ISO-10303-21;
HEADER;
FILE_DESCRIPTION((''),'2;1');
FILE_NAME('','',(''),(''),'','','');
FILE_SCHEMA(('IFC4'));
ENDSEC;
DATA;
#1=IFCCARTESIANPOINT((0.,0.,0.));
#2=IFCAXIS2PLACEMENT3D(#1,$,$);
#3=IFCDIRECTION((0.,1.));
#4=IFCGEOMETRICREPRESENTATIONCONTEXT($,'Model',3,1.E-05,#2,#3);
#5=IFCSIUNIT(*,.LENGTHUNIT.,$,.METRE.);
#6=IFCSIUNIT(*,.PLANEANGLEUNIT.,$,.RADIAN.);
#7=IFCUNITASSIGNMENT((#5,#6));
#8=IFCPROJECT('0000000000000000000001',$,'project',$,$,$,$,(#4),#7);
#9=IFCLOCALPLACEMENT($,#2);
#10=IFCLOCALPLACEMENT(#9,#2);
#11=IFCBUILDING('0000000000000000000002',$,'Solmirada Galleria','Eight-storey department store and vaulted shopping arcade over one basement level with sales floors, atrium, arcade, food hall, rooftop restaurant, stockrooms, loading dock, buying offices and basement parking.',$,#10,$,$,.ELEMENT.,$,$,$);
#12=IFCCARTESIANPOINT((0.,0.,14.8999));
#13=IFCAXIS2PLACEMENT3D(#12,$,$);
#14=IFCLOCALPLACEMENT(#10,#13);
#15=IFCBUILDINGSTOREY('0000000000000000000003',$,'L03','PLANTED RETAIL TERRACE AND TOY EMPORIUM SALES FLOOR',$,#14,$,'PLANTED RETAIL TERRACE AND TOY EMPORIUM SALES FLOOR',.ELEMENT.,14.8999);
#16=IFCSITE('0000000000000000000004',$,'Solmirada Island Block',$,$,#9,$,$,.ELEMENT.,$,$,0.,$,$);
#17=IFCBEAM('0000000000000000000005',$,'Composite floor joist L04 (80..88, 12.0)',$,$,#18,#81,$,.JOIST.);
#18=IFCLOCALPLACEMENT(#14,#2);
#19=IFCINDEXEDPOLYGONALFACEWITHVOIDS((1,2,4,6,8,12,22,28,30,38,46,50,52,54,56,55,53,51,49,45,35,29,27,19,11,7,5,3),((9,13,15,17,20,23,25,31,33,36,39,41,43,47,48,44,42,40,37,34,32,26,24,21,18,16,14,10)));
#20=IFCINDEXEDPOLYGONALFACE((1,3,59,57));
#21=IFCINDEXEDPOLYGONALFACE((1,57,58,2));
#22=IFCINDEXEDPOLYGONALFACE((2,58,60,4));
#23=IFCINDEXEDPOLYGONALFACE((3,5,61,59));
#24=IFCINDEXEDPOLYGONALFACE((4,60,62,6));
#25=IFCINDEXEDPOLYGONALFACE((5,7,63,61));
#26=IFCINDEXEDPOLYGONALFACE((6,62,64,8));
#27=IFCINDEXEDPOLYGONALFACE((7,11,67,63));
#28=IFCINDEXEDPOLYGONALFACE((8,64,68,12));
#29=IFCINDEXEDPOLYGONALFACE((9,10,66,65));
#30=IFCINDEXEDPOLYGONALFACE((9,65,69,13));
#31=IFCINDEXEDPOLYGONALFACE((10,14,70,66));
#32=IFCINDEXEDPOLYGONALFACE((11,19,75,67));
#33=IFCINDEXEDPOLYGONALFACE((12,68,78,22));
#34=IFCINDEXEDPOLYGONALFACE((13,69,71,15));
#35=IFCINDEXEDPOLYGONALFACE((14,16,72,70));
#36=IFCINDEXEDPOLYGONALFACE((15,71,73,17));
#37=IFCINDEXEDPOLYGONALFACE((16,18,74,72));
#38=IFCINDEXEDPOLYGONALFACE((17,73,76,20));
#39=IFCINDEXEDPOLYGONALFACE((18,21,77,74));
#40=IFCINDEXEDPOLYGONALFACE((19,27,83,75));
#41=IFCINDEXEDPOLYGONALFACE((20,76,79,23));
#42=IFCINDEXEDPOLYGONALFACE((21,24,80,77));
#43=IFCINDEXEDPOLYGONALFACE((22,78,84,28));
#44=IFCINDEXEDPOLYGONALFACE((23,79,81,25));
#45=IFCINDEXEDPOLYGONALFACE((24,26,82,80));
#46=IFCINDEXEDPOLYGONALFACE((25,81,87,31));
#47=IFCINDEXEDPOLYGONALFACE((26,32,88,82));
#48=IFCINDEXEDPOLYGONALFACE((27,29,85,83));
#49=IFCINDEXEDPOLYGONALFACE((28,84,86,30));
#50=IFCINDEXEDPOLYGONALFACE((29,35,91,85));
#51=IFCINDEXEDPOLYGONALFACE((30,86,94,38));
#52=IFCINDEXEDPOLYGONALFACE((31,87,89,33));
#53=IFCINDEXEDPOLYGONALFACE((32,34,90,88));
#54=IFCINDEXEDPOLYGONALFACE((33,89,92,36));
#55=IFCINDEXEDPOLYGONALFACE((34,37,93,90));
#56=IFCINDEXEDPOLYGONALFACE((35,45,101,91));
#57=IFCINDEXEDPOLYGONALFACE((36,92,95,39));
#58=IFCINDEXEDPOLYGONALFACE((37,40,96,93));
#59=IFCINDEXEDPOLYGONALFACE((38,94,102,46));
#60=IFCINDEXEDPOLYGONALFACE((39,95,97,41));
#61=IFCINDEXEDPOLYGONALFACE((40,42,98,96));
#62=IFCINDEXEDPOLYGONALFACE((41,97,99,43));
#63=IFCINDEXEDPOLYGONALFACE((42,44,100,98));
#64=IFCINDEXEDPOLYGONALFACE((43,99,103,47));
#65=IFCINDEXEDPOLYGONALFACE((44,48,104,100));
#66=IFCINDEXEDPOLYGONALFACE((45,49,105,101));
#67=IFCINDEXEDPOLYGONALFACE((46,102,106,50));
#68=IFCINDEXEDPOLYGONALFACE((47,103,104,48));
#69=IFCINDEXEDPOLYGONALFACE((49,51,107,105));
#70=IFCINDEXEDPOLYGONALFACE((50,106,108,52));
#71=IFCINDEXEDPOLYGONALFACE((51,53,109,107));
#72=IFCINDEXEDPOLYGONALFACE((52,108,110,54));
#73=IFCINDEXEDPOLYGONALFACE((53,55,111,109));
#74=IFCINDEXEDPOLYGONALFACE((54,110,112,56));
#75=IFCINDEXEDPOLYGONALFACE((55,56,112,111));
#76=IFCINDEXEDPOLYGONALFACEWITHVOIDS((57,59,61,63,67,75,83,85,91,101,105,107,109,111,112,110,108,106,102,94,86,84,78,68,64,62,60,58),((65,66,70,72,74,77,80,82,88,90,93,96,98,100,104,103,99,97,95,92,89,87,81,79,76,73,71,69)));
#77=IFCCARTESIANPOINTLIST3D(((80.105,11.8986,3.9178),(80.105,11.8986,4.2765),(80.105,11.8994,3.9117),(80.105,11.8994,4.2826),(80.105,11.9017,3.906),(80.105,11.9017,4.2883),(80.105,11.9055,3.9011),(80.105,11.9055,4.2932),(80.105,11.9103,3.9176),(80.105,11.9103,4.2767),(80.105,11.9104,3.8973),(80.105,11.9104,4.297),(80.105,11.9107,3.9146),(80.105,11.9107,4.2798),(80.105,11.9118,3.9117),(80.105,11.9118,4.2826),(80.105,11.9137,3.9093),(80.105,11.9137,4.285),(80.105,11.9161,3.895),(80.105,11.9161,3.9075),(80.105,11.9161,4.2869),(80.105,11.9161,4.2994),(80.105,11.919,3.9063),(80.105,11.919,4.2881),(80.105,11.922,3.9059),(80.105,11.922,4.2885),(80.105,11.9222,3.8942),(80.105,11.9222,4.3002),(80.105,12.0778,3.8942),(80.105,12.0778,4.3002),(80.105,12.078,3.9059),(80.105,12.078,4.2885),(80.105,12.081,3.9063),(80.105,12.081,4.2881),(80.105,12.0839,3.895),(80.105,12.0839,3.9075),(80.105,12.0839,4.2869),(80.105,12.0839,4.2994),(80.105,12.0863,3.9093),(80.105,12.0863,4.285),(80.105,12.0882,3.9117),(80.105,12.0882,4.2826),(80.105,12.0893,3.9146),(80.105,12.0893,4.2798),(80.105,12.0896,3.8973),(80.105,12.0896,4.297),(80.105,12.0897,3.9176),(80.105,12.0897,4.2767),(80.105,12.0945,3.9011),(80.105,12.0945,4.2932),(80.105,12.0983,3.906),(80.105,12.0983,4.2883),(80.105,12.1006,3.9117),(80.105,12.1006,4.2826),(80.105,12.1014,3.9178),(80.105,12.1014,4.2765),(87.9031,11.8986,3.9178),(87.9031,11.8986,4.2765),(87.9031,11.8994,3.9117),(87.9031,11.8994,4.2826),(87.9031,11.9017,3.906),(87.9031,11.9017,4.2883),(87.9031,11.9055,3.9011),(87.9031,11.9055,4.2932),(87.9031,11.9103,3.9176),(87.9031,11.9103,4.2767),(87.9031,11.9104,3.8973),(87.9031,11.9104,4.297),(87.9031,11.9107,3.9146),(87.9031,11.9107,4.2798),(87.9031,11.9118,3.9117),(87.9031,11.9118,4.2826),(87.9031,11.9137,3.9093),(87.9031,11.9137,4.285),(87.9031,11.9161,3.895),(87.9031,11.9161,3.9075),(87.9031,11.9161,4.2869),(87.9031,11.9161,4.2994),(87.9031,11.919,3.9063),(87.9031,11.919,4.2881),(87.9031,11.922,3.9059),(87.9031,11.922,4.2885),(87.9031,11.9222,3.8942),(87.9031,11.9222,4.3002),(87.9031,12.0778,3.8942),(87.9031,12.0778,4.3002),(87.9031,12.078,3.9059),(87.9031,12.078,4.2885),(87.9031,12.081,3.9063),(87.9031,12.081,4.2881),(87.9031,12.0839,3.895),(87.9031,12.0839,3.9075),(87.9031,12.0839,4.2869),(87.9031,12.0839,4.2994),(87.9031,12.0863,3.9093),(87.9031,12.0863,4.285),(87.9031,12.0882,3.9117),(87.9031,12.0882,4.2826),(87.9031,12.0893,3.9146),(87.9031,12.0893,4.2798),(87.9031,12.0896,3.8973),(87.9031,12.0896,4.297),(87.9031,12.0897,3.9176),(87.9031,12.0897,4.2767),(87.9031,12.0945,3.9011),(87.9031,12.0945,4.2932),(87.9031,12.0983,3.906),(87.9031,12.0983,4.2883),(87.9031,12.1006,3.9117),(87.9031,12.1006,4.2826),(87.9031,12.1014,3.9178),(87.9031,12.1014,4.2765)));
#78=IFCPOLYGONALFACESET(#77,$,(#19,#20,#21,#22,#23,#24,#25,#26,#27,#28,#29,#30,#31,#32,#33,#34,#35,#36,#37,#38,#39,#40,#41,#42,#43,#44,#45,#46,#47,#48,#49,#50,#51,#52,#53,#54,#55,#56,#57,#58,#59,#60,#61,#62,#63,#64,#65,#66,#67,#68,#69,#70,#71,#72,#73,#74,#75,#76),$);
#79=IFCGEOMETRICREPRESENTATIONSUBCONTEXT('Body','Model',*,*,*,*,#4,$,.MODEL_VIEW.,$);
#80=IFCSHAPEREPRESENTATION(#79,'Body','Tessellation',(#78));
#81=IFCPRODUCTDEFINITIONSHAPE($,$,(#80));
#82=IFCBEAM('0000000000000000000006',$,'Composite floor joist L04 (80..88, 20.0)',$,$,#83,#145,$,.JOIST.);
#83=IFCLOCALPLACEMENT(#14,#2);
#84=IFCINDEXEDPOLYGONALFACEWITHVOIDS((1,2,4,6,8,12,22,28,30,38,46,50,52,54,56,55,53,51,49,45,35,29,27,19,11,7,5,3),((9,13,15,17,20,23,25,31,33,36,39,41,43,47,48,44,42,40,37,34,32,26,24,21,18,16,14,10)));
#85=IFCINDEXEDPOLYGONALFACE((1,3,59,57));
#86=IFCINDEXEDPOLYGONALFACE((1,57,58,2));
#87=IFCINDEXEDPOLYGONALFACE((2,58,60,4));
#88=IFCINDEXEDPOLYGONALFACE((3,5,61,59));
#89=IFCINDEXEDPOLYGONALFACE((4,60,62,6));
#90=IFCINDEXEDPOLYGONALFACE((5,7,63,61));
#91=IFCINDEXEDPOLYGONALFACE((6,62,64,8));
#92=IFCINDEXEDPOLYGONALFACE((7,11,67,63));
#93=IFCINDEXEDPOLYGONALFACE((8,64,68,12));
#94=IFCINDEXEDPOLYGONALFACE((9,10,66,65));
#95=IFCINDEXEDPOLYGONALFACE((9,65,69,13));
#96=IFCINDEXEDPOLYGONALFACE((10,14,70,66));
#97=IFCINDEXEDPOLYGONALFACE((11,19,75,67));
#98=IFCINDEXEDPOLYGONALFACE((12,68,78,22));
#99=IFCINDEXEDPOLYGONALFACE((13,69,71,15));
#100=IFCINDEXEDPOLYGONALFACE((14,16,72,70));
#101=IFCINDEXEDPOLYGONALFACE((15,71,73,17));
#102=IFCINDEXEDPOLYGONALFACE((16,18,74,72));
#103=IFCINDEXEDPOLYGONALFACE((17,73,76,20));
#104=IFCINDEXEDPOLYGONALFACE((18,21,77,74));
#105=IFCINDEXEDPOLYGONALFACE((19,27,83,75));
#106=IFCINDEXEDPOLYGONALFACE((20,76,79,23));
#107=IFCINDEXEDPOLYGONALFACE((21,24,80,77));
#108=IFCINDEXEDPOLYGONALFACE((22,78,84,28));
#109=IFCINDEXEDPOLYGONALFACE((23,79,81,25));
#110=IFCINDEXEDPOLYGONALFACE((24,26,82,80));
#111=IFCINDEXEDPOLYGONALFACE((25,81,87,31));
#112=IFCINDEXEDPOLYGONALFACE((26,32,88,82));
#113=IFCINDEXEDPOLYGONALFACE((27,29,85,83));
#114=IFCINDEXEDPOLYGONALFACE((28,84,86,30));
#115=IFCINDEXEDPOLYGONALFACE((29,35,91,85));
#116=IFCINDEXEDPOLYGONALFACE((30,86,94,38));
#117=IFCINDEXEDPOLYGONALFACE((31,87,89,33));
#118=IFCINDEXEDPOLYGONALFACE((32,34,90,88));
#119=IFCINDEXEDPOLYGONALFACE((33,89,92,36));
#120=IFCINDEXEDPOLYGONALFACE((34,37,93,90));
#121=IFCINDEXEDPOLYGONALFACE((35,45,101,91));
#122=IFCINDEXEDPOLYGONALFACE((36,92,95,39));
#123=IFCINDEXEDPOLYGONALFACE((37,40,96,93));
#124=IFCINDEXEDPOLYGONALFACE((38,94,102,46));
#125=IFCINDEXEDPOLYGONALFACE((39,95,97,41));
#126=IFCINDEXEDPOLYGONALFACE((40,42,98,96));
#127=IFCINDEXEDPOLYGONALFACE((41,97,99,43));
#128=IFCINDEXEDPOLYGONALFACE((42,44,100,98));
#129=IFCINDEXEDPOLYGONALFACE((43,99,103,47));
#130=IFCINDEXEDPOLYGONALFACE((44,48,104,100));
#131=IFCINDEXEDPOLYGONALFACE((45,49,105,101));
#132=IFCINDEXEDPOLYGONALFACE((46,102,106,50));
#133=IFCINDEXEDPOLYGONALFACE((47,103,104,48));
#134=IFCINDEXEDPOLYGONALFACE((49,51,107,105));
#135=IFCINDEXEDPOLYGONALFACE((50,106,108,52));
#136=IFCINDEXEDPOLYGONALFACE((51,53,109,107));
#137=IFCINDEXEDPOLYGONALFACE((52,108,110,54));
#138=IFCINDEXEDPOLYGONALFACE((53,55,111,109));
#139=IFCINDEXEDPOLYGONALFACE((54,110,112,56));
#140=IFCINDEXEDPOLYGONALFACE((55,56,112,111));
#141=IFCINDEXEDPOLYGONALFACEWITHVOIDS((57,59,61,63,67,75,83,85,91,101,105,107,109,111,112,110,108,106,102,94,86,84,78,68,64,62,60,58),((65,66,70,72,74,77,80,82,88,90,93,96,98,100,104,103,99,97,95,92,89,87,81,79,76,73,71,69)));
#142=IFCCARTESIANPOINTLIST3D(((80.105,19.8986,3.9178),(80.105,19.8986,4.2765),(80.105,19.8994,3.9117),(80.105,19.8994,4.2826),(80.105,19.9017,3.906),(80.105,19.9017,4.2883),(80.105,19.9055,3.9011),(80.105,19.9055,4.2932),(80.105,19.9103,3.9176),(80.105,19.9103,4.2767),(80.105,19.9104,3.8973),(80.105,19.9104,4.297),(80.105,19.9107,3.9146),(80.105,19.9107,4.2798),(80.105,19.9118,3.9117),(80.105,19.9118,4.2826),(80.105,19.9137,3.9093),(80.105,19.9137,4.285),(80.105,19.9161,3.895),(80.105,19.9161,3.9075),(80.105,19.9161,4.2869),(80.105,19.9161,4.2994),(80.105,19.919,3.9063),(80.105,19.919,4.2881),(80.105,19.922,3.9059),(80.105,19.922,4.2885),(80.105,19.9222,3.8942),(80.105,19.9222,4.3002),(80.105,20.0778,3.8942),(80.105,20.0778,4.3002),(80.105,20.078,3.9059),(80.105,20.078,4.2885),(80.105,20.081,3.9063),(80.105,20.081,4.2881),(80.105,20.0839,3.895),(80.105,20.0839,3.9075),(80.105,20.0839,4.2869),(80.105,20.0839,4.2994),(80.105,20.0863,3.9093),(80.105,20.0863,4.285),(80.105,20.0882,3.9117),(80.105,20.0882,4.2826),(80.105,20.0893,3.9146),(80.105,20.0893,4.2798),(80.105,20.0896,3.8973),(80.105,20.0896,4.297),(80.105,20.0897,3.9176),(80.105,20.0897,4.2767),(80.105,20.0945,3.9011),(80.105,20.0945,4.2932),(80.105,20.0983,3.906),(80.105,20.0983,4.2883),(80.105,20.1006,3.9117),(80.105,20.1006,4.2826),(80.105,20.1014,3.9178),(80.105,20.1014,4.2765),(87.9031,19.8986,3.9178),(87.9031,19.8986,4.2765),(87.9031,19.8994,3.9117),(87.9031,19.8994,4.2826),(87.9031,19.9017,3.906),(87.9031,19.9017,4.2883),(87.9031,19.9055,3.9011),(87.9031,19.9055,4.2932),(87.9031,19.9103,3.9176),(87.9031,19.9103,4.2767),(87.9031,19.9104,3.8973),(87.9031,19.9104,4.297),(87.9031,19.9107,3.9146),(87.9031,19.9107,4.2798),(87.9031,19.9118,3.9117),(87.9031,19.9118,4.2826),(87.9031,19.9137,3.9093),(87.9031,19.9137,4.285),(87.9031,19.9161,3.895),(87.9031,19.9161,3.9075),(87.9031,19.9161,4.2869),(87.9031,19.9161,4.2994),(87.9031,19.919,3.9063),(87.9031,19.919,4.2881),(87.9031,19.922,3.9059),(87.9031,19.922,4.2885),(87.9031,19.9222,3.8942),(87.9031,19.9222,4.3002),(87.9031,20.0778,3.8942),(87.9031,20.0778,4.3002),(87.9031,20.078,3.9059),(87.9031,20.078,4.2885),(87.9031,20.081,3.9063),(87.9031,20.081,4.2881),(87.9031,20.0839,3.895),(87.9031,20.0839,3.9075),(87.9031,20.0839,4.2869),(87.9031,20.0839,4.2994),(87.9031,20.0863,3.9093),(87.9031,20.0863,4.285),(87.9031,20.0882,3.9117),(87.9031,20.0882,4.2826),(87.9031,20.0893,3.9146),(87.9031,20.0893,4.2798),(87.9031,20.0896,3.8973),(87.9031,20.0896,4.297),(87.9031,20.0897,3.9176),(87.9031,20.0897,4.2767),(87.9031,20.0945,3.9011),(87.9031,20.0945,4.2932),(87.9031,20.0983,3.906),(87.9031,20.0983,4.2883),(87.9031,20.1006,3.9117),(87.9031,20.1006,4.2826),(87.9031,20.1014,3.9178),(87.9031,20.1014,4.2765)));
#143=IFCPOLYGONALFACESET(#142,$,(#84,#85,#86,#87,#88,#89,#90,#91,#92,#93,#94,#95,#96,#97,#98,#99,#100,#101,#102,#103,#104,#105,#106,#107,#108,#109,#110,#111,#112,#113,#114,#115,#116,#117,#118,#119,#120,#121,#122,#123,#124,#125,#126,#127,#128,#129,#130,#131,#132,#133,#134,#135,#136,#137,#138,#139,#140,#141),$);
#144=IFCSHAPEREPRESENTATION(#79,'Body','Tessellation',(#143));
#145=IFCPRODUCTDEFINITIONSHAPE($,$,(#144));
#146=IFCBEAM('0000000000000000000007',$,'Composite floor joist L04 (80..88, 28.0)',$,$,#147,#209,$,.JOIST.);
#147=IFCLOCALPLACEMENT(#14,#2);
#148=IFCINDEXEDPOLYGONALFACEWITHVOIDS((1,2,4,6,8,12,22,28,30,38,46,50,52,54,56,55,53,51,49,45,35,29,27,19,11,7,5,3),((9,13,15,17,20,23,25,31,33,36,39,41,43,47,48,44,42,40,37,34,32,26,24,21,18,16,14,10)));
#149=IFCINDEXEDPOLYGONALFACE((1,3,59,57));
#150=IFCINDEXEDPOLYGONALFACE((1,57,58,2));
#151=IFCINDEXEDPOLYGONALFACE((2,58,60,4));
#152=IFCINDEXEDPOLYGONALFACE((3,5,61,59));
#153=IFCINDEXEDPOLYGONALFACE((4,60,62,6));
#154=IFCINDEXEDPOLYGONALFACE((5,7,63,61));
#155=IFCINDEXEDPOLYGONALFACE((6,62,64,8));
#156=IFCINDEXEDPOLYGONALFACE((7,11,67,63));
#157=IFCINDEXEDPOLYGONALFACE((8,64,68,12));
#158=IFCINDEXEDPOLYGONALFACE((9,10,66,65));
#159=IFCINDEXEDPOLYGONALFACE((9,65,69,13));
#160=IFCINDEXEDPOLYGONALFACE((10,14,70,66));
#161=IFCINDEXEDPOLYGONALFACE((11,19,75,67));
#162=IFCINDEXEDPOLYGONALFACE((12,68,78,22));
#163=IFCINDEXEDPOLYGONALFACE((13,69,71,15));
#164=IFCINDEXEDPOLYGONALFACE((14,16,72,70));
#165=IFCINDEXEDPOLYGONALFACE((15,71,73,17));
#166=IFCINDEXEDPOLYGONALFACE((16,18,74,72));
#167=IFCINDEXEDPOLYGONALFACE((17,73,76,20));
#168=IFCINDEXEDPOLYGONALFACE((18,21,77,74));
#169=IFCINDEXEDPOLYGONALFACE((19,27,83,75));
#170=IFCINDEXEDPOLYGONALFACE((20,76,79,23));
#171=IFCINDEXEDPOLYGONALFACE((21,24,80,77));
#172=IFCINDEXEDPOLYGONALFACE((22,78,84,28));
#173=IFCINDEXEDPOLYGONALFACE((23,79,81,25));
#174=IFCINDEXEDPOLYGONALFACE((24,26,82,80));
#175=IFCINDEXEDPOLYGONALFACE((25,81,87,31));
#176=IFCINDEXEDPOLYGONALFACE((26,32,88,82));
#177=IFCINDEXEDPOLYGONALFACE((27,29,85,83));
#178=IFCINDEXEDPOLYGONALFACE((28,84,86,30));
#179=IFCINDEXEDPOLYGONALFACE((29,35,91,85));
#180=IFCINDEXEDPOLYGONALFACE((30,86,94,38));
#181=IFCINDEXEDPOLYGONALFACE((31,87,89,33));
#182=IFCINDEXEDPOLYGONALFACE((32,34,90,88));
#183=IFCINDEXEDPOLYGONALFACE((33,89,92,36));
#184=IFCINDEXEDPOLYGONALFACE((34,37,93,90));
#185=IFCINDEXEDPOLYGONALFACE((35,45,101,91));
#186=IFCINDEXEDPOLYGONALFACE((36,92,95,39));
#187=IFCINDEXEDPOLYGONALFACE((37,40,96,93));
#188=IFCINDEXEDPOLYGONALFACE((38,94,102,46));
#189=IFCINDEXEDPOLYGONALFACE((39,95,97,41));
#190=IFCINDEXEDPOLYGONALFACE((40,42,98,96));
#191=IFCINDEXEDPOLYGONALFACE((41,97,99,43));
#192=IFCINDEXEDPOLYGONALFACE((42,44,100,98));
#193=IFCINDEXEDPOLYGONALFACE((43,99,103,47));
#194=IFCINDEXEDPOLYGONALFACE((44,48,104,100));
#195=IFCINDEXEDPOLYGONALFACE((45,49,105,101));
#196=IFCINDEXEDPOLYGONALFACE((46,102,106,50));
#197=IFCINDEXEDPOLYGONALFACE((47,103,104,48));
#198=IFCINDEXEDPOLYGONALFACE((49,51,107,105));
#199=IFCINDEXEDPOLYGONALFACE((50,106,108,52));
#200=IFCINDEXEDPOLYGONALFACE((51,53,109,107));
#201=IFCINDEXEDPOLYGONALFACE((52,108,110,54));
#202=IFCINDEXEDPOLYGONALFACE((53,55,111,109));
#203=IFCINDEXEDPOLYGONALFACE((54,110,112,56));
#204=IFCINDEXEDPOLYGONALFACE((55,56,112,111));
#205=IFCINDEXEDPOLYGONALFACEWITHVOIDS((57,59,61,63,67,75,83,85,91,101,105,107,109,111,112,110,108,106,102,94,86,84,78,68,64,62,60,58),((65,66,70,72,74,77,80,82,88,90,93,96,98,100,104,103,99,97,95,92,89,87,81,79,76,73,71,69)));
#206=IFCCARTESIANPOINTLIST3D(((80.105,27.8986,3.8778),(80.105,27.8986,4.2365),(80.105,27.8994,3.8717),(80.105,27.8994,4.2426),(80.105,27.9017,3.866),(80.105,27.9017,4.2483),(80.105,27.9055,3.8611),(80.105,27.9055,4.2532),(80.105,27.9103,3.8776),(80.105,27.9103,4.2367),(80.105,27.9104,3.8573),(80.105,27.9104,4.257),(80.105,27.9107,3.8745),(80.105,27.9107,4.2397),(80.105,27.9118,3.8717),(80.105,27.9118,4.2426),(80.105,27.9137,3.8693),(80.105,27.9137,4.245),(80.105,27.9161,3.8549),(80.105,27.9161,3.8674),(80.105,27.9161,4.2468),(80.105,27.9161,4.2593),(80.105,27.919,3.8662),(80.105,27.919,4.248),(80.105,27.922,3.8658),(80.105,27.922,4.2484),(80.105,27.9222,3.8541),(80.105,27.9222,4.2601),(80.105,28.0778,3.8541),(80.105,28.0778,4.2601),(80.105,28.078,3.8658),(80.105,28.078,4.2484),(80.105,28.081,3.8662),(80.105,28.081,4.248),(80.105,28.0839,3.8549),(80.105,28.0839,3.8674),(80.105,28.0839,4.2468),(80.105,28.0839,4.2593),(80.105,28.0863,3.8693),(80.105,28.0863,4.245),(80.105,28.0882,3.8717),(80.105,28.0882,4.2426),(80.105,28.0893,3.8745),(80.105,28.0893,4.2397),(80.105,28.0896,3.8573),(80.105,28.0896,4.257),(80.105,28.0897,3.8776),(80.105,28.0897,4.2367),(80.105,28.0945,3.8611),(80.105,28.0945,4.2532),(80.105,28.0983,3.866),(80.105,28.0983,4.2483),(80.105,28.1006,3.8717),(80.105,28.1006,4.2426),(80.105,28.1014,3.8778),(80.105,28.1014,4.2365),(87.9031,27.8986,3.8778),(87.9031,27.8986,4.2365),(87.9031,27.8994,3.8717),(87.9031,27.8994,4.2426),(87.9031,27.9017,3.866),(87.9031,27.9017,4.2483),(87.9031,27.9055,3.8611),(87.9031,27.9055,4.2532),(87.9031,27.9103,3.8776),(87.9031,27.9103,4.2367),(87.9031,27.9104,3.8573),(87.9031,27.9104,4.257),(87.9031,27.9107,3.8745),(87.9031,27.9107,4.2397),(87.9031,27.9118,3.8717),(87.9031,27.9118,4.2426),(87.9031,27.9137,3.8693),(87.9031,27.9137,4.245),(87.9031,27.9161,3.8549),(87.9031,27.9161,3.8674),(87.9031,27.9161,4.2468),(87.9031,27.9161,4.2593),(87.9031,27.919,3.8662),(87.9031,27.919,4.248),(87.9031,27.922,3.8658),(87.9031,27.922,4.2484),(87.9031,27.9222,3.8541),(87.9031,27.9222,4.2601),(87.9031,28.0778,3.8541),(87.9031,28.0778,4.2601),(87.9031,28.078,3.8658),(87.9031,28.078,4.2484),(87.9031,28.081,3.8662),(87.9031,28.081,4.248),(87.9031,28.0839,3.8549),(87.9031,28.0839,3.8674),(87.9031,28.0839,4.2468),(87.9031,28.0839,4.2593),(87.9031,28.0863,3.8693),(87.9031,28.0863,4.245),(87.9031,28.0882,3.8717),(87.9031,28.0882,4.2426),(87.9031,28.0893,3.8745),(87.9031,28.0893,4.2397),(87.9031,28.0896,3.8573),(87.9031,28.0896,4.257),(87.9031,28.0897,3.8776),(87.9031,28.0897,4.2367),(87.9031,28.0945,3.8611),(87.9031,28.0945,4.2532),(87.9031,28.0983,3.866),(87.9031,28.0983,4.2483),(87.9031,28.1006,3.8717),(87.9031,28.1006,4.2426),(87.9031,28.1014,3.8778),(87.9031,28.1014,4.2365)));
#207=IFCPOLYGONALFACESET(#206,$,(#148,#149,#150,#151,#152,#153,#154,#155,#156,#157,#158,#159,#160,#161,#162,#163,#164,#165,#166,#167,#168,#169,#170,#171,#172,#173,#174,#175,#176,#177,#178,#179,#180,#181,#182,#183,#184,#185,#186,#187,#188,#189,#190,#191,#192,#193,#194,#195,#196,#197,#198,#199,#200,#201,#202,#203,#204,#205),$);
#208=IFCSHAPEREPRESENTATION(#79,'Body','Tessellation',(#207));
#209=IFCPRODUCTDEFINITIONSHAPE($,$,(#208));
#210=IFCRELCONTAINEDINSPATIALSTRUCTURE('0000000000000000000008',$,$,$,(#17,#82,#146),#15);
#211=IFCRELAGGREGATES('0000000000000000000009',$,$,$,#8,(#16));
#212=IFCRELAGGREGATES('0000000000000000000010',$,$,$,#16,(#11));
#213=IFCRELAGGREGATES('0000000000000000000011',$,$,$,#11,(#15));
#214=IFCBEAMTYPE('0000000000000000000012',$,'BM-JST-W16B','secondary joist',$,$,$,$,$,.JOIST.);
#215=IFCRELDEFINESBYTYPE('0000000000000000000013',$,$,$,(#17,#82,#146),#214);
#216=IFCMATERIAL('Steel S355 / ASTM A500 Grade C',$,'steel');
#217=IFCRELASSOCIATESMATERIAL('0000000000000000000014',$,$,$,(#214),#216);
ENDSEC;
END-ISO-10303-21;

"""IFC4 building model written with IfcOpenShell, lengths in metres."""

from ifc_helpers import new_model, si_unit, direction, frame, origin, origin_2d, place, context, subcontext, project, spatial, hollow_rectangle, extrude, material, material_profile, profile_set, type_object, element, save


model = new_model("IFC4")

# Units and contexts
model_context = context("Model", 3, precision=1e-05, world=origin(), true_north=direction((0.0, 1.0)))
body_context = subcontext(model_context, "Body", "Model", "MODEL_VIEW")
ifc_project = project(units=[si_unit("LENGTHUNIT", "METRE"), si_unit("PLANEANGLEUNIT", "RADIAN")], contexts=[model_context])

# Site, building, storey
site_placement = place(None, origin())
site = spatial("IfcSite", under=ifc_project, at=site_placement, Name="Solmirada Island Block", CompositionType="ELEMENT", RefElevation=0.0)
building_placement = place(site_placement, origin())
building = spatial("IfcBuilding", under=site, at=building_placement, Name="Solmirada Galleria", Description="Eight-storey department store and vaulted shopping arcade over one basement level with sales floors, atrium, arcade, food hall, rooftop restaurant, stockrooms, loading dock, buying offices and basement parking.", CompositionType="ELEMENT")
storey_placement = place(building_placement, frame((0.0, 0.0, 14.8999)))
storey = spatial("IfcBuildingStorey", under=building, at=storey_placement, Name="L03", Description="PLANTED RETAIL TERRACE AND TOY EMPORIUM SALES FLOOR", LongName="PLANTED RETAIL TERRACE AND TOY EMPORIUM SALES FLOOR", CompositionType="ELEMENT", Elevation=14.8999)

# Beams
ifc_material_1 = material(Name="Steel S355 / ASTM A500 Grade C", Category="steel")
ifc_material_profile_1 = material_profile(ifc_material_1, hollow_rectangle(XDim=0.2029, YDim=0.406, WallThickness=0.0117, InnerFilletRadius=0.0117, OuterFilletRadius=0.0237, at=origin_2d()), Name="HSS16X8X1/2")
ifc_profile_set_1 = profile_set([ifc_material_profile_1], Name="Steel S355 / ASTM A500 Grade C")
beam_type_1 = type_object("IfcBeamType", Name="BM-JST-W16B", Description="secondary joist", PredefinedType="JOIST", material=ifc_profile_set_1)
for number, where, z_axis, x_axis, name in (
    (1, (80.105, 12.0, 4.0972), (1.0, 0.0, 0.0), (0.0, 1.0, 0.0), "Composite floor joist L04 (80..88, 12.0)"),
    (2, (80.105, 20.0, 4.0972), (1.0, 0.0, 0.0), (0.0, 1.0, 0.0), "Composite floor joist L04 (80..88, 20.0)"),
    (3, (80.105, 28.0, 4.0571), (1.0, 0.0, 0.0), (0.0, 1.0, 0.0), "Composite floor joist L04 (80..88, 28.0)"),
):
    element("IfcBeam", number, at=place(storey_placement, frame(where, z_axis=z_axis, x_axis=x_axis)), inside=storey, type_object=beam_type_1, Name=name, PredefinedType="JOIST", context=body_context, shape_type="SweptSolid", body=[
        extrude(hollow_rectangle(XDim=0.2029, YDim=0.406, WallThickness=0.0117, InnerFilletRadius=0.0117, OuterFilletRadius=0.0237, at=origin_2d()), origin(), (0.0, 0.0, 1.0), 7.7981),
    ])

save(model, "model.ifc")
